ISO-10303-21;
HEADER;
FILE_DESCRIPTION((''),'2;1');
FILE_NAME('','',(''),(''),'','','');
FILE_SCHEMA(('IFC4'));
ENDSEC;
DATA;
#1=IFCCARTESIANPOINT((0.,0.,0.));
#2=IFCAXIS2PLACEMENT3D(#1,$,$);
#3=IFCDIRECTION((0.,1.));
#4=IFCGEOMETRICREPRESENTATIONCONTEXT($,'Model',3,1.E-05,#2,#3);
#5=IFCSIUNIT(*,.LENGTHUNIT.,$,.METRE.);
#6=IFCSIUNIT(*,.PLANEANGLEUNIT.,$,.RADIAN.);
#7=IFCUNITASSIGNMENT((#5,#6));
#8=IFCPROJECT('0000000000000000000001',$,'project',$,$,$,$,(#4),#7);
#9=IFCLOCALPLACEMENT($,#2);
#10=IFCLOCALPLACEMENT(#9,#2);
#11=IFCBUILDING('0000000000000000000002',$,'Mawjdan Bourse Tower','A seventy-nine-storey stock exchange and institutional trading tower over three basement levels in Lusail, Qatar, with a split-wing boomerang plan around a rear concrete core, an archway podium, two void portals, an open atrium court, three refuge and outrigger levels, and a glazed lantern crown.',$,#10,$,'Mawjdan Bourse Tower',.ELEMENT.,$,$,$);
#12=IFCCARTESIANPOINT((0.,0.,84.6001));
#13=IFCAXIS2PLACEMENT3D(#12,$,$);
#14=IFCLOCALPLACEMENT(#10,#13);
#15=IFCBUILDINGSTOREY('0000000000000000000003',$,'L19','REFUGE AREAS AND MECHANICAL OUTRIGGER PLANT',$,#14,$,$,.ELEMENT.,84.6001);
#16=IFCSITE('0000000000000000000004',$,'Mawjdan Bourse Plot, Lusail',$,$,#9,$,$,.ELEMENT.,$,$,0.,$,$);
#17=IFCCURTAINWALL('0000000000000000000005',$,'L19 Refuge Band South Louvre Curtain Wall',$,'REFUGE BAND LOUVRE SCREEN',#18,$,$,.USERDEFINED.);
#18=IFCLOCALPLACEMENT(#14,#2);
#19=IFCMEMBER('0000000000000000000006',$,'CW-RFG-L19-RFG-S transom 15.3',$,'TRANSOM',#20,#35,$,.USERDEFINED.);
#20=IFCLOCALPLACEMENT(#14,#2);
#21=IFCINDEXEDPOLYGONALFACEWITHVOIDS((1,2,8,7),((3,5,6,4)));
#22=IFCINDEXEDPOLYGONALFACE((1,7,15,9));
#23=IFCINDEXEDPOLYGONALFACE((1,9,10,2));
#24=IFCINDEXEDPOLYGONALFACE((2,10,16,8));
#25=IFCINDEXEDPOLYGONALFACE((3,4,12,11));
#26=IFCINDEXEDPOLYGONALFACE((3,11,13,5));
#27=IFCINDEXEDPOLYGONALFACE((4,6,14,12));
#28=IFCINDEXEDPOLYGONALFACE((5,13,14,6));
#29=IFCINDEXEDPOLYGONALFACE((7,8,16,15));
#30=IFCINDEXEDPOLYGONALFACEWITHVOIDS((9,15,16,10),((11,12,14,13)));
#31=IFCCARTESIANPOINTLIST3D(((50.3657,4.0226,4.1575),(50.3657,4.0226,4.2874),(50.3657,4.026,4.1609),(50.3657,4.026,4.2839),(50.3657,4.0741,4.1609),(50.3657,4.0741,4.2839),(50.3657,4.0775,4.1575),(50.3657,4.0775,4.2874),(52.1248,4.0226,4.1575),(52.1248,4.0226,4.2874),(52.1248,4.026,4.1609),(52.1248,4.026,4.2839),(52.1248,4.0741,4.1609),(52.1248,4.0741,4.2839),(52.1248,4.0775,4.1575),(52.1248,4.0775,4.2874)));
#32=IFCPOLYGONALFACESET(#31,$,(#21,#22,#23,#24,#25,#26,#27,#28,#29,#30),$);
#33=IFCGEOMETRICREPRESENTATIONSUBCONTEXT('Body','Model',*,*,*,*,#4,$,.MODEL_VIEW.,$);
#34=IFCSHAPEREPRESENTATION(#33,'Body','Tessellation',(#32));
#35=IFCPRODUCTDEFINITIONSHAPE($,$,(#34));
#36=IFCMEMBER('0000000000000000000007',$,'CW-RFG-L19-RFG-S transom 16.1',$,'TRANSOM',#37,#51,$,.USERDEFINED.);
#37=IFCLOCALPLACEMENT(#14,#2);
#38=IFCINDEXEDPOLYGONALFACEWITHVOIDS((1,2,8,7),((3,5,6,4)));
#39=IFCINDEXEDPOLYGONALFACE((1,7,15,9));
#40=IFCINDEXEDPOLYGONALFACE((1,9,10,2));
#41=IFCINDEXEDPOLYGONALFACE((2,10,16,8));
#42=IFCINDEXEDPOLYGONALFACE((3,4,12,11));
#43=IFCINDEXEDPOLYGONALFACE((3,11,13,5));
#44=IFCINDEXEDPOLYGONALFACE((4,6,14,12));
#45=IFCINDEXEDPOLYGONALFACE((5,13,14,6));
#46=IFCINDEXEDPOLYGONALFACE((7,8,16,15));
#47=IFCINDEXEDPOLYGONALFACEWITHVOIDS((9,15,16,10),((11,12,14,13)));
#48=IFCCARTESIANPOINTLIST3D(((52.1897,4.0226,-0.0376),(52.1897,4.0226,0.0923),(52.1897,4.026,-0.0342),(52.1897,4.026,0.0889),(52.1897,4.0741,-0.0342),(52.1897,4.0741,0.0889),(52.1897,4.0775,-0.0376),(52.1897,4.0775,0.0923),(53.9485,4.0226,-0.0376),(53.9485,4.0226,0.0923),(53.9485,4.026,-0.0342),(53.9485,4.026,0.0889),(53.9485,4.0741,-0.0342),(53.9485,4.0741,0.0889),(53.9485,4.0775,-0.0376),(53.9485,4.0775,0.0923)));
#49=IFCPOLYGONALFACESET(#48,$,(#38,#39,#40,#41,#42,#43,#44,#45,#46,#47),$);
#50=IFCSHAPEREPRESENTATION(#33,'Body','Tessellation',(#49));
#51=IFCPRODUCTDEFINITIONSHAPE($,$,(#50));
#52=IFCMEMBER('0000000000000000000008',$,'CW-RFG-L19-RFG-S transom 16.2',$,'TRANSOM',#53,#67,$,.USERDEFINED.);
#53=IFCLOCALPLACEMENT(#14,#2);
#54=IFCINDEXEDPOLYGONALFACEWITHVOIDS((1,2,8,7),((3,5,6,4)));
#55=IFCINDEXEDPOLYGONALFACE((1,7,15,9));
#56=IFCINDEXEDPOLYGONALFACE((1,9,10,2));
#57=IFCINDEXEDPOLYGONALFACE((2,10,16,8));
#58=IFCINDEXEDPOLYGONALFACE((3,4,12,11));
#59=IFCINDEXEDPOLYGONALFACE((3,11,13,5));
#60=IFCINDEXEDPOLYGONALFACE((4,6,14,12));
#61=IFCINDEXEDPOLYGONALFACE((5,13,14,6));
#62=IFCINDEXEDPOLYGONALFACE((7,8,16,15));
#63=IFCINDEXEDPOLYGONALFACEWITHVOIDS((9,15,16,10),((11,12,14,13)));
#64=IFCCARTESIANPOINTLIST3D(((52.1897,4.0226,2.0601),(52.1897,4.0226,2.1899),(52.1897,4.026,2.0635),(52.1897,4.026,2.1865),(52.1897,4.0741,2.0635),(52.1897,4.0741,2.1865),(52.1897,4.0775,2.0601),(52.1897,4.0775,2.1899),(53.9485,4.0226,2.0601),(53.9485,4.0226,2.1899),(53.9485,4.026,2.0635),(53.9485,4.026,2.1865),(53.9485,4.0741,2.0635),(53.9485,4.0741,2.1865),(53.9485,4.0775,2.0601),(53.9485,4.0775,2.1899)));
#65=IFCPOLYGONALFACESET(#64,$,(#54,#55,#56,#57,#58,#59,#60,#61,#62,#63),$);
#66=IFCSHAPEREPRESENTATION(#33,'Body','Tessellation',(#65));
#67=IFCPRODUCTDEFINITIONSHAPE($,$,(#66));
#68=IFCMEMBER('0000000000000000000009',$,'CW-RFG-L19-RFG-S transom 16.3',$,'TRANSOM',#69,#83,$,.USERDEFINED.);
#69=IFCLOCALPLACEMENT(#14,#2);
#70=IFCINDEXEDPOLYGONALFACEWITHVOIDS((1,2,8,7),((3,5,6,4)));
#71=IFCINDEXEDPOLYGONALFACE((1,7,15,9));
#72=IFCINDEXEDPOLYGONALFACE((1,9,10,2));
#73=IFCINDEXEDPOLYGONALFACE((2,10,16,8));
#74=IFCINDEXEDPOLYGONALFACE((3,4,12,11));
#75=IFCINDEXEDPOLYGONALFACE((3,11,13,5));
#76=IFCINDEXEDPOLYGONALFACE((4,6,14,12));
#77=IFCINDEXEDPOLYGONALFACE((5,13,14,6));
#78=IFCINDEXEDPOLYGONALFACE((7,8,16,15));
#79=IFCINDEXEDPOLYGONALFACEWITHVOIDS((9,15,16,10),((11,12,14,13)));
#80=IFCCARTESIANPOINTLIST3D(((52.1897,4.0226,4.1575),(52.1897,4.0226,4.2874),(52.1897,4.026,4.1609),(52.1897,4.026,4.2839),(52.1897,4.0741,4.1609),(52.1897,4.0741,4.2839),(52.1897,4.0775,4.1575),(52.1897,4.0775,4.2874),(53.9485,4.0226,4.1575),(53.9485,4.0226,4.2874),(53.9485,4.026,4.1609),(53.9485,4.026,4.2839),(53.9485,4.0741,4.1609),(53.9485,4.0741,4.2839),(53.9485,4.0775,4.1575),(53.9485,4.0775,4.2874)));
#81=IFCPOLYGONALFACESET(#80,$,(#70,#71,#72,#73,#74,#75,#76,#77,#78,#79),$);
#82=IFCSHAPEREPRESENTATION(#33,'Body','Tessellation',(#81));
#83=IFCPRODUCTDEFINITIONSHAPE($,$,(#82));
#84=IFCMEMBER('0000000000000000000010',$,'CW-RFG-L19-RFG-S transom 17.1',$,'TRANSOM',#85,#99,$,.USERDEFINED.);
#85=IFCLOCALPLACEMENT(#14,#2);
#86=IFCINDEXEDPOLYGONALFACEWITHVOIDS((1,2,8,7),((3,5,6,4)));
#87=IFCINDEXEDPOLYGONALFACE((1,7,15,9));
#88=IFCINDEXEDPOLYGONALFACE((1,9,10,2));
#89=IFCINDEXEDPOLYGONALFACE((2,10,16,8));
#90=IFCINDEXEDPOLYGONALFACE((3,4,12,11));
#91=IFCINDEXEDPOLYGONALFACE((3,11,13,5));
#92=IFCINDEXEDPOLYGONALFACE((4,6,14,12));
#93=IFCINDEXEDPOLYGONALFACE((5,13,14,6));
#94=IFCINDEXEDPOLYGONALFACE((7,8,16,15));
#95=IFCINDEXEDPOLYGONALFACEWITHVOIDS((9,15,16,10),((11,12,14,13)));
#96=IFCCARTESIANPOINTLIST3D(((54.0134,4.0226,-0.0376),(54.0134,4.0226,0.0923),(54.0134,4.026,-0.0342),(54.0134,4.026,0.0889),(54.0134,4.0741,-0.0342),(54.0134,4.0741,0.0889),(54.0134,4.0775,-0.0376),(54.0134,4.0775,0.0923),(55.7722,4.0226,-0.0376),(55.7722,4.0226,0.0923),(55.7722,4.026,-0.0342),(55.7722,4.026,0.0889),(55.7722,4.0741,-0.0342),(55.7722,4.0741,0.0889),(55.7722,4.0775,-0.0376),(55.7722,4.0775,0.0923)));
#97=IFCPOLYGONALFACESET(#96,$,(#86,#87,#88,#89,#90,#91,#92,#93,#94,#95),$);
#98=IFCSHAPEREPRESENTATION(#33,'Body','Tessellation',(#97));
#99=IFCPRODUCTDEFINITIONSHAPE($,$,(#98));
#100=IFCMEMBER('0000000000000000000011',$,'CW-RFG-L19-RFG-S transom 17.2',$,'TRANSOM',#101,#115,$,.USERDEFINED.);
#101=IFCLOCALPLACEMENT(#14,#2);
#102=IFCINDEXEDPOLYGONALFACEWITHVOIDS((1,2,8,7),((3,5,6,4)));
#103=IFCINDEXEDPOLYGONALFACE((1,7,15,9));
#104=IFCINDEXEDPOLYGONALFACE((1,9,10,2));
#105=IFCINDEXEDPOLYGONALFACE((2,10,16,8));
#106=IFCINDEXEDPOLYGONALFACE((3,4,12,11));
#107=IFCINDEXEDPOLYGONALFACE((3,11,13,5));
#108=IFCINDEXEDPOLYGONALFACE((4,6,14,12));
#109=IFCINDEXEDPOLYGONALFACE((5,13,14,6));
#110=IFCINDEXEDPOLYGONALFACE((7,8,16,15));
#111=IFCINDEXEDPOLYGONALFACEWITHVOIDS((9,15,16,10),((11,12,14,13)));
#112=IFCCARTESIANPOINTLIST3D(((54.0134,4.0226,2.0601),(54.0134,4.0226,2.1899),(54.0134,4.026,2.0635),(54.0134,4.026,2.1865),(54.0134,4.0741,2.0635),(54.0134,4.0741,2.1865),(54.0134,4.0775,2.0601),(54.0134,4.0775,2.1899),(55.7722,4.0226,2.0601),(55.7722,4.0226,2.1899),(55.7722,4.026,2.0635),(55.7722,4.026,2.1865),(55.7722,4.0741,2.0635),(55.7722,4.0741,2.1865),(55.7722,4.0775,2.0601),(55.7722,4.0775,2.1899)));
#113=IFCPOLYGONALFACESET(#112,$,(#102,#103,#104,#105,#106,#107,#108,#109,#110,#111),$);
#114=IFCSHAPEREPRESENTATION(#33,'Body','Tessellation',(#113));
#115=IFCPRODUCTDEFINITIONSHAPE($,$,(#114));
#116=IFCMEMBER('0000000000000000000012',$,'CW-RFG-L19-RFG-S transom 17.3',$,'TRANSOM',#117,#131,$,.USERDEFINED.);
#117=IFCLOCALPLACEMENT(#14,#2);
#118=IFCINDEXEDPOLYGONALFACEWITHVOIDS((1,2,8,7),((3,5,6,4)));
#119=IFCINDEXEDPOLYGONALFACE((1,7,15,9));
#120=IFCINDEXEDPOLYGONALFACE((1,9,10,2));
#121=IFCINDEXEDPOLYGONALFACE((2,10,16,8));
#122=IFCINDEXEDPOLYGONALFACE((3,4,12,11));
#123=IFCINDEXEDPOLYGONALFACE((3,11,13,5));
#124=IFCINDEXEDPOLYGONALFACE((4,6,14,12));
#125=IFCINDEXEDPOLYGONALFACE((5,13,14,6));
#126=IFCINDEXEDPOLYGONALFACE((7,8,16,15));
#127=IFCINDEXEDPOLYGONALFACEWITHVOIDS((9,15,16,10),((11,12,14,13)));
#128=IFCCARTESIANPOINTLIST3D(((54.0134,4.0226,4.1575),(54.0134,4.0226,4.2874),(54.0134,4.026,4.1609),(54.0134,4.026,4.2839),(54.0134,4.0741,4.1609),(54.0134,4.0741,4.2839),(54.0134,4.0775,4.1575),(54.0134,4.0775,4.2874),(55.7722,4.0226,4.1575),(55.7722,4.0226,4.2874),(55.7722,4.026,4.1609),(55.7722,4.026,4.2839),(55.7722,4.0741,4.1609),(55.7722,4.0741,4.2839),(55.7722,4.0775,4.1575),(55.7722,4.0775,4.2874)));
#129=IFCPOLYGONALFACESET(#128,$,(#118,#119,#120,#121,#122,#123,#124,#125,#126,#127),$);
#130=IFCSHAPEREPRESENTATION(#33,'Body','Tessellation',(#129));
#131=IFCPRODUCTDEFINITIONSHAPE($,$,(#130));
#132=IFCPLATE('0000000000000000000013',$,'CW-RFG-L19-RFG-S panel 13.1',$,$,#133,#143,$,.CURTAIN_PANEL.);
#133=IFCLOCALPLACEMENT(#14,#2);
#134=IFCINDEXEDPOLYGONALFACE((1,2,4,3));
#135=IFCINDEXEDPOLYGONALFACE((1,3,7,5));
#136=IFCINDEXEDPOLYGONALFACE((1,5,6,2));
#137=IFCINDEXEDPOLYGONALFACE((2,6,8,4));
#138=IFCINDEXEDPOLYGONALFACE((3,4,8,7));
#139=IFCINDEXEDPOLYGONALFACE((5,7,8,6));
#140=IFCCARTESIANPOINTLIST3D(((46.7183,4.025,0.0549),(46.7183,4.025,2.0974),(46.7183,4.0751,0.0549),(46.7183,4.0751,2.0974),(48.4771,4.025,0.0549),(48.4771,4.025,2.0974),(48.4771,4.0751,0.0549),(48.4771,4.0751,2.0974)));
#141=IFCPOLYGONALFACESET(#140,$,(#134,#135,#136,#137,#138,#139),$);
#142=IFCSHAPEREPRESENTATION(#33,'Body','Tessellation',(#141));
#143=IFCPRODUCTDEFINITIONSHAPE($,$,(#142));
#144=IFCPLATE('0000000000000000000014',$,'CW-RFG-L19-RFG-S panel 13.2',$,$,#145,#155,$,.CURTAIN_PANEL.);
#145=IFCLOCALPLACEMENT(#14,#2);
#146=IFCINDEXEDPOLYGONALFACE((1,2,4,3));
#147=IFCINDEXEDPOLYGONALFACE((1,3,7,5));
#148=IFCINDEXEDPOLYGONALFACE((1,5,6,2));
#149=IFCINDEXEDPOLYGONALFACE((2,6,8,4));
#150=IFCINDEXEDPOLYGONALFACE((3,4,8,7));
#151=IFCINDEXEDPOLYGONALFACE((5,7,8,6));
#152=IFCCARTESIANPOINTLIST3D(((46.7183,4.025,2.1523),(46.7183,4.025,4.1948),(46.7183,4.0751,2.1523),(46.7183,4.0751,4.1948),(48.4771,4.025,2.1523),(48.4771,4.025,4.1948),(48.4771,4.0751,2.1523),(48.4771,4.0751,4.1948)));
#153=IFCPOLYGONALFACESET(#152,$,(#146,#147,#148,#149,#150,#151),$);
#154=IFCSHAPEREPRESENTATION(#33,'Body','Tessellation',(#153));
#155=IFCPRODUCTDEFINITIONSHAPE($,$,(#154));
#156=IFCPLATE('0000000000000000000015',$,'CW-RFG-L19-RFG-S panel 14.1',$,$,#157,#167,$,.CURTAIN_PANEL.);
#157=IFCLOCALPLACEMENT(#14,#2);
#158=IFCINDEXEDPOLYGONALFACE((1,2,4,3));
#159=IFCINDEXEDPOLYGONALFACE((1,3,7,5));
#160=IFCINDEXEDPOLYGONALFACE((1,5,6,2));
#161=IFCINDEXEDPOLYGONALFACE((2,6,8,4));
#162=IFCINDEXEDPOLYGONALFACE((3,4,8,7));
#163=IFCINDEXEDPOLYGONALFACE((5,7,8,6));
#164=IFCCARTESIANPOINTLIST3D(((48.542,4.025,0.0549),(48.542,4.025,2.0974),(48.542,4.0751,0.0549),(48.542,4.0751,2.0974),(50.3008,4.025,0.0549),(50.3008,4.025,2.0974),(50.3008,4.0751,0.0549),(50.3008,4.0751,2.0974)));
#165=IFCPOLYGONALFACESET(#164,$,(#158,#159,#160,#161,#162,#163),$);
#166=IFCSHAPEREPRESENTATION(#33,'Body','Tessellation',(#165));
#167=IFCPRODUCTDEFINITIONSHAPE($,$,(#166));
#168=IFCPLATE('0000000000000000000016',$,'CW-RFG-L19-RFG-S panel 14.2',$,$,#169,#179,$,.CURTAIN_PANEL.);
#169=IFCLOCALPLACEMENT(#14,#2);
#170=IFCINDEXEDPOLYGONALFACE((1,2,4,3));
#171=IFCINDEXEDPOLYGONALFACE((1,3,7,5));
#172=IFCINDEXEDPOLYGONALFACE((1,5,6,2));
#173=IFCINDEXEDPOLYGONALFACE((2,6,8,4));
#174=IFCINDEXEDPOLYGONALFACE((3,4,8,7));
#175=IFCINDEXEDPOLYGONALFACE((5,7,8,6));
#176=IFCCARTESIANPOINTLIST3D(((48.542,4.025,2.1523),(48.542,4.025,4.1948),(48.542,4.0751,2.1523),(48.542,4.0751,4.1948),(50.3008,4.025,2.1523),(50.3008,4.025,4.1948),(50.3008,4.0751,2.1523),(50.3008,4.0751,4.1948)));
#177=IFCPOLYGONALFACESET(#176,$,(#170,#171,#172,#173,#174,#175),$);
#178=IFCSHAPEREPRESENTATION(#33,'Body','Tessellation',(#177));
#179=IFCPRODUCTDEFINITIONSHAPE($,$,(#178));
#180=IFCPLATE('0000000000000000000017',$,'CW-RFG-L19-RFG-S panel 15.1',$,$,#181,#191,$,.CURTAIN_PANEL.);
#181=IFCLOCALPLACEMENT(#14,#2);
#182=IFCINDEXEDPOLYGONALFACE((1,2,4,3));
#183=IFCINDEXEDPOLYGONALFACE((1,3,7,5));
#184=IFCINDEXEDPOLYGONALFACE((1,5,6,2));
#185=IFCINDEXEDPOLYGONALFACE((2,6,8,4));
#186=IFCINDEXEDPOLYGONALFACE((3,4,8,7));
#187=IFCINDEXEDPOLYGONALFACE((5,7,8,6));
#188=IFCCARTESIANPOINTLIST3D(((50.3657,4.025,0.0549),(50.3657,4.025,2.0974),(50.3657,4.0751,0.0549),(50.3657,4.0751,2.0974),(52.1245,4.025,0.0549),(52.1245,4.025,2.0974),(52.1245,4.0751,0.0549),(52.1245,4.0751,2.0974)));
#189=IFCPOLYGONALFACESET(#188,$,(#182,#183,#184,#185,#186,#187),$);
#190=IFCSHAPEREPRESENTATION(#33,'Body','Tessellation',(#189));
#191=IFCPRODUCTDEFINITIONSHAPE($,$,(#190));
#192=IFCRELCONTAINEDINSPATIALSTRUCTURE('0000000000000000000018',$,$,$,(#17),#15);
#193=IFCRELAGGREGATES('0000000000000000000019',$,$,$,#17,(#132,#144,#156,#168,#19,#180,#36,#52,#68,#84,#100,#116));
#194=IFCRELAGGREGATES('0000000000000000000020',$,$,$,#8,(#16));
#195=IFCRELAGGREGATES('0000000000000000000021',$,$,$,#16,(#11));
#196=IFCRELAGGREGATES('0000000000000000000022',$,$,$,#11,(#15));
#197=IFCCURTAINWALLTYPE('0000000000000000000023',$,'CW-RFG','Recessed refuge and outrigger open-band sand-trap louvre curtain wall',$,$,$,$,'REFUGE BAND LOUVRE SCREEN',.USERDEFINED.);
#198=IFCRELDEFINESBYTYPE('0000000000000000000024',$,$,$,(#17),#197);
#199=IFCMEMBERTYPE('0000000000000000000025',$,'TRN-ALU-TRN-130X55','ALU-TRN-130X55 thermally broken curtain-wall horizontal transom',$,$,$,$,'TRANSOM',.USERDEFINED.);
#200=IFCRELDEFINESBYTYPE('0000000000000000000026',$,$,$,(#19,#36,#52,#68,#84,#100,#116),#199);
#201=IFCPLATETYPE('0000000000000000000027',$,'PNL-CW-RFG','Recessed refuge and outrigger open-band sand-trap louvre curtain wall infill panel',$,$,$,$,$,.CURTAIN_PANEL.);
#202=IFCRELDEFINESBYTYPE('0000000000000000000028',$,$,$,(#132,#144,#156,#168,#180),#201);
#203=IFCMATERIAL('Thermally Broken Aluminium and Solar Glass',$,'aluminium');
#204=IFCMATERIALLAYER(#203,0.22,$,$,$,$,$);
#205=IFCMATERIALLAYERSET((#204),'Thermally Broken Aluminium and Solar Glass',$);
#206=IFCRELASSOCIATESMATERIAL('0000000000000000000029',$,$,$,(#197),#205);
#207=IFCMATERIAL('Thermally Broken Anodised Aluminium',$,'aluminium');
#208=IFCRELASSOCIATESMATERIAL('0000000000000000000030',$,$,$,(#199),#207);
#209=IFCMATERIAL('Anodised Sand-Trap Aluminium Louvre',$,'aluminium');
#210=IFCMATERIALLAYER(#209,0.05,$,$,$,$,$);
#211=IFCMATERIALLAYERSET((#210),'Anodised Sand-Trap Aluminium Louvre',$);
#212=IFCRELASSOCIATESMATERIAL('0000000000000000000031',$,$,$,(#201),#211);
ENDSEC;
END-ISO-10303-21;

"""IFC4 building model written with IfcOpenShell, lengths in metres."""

from ifc_helpers import new_model, si_unit, direction, frame, origin, origin_2d, place, context, subcontext, project, spatial, rectangle, hollow_rectangle, extrude, material, layer, layer_set, material_profile, profile_set, type_object, element, aggregate, save


model = new_model("IFC4")

# Units and contexts
model_context = context("Model", 3, precision=1e-05, world=origin(), true_north=direction((0.0, 1.0)))
body_context = subcontext(model_context, "Body", "Model", "MODEL_VIEW")
ifc_project = project(units=[si_unit("LENGTHUNIT", "METRE"), si_unit("PLANEANGLEUNIT", "RADIAN")], contexts=[model_context])

# Site, building, storey
site_placement = place(None, origin())
site = spatial("IfcSite", under=ifc_project, at=site_placement, Name="Mawjdan Bourse Plot, Lusail", CompositionType="ELEMENT", RefElevation=0.0)
building_placement = place(site_placement, origin())
building = spatial("IfcBuilding", under=site, at=building_placement, Name="Mawjdan Bourse Tower", Description="A seventy-nine-storey stock exchange and institutional trading tower over three basement levels in Lusail, Qatar, with a split-wing boomerang plan around a rear concrete core, an archway podium, two void portals, an open atrium court, three refuge and outrigger levels, and a glazed lantern crown.", LongName="Mawjdan Bourse Tower", CompositionType="ELEMENT")
storey_placement = place(building_placement, frame((0.0, 0.0, 84.6001)))
storey = spatial("IfcBuildingStorey", under=building, at=storey_placement, Name="L19", Description="REFUGE AREAS AND MECHANICAL OUTRIGGER PLANT", CompositionType="ELEMENT", Elevation=84.6001)

# Curtain wall
ifc_material_1 = material(Name="Thermally Broken Aluminium and Solar Glass", Category="aluminium")
ifc_layer_1 = layer(ifc_material_1, 0.22)
ifc_layer_set_1 = layer_set([ifc_layer_1], Name="Thermally Broken Aluminium and Solar Glass")
curtain_wall_type = type_object("IfcCurtainWallType", Name="CW-RFG", Description="Recessed refuge and outrigger open-band sand-trap louvre curtain wall", ElementType="REFUGE BAND LOUVRE SCREEN", PredefinedType="USERDEFINED", material=ifc_layer_set_1)
curtain_wall_placement = place(storey_placement, origin())
curtain_wall = element("IfcCurtainWall", 1, at=curtain_wall_placement, inside=storey, type_object=curtain_wall_type, Name="L19 Refuge Band South Louvre Curtain Wall", ObjectType="REFUGE BAND LOUVRE SCREEN", PredefinedType="USERDEFINED")
ifc_material_2 = material(Name="Thermally Broken Anodised Aluminium", Category="aluminium")

# Members
ifc_material_profile_1 = material_profile(ifc_material_2, hollow_rectangle(XDim=0.0549, YDim=0.1299, WallThickness=0.0034, at=origin_2d()), Name="ALU-TRN-130X55")
ifc_profile_set_1 = profile_set([ifc_material_profile_1], Name="Thermally Broken Anodised Aluminium")
member_type_1 = type_object("IfcMemberType", Name="TRN-ALU-TRN-130X55", Description="ALU-TRN-130X55 thermally broken curtain-wall horizontal transom", ElementType="TRANSOM", PredefinedType="USERDEFINED", material=ifc_profile_set_1)
member_1_placement = place(storey_placement, frame((50.3657, 4.05, 4.2224), z_axis=(1.0, 0.0, 0.0), x_axis=(0.0, 1.0, 0.0)))
member_1 = element("IfcMember", 2, at=member_1_placement, type_object=member_type_1, Name="CW-RFG-L19-RFG-S transom 15.3", ObjectType="TRANSOM", PredefinedType="USERDEFINED", context=body_context, shape_type="SweptSolid", body=[
    extrude(hollow_rectangle(XDim=0.0549, YDim=0.1299, WallThickness=0.0034, at=origin_2d()), origin(), (0.0, 0.0, 1.0), 1.759),
])
member_2_placement = place(storey_placement, frame((52.1897, 4.05, 0.0273), z_axis=(1.0, 0.0, 0.0), x_axis=(0.0, 1.0, 0.0)))
member_2 = element("IfcMember", 3, at=member_2_placement, type_object=member_type_1, Name="CW-RFG-L19-RFG-S transom 16.1", ObjectType="TRANSOM", PredefinedType="USERDEFINED", context=body_context, shape_type="SweptSolid", body=[
    extrude(hollow_rectangle(XDim=0.0549, YDim=0.1299, WallThickness=0.0034, at=origin_2d()), origin(), (0.0, 0.0, 1.0), 1.7588),
])
member_3_placement = place(storey_placement, frame((52.1897, 4.05, 2.125), z_axis=(1.0, 0.0, 0.0), x_axis=(0.0, 1.0, 0.0)))
member_3 = element("IfcMember", 4, at=member_3_placement, type_object=member_type_1, Name="CW-RFG-L19-RFG-S transom 16.2", ObjectType="TRANSOM", PredefinedType="USERDEFINED", context=body_context, shape_type="SweptSolid", body=[
    extrude(hollow_rectangle(XDim=0.0549, YDim=0.1299, WallThickness=0.0034, at=origin_2d()), origin(), (0.0, 0.0, 1.0), 1.7588),
])
member_4_placement = place(storey_placement, frame((52.1897, 4.05, 4.2224), z_axis=(1.0, 0.0, 0.0), x_axis=(0.0, 1.0, 0.0)))
member_4 = element("IfcMember", 5, at=member_4_placement, type_object=member_type_1, Name="CW-RFG-L19-RFG-S transom 16.3", ObjectType="TRANSOM", PredefinedType="USERDEFINED", context=body_context, shape_type="SweptSolid", body=[
    extrude(hollow_rectangle(XDim=0.0549, YDim=0.1299, WallThickness=0.0034, at=origin_2d()), origin(), (0.0, 0.0, 1.0), 1.7588),
])
member_5_placement = place(storey_placement, frame((54.0134, 4.05, 0.0273), z_axis=(1.0, 0.0, 0.0), x_axis=(0.0, 1.0, 0.0)))
member_5 = element("IfcMember", 6, at=member_5_placement, type_object=member_type_1, Name="CW-RFG-L19-RFG-S transom 17.1", ObjectType="TRANSOM", PredefinedType="USERDEFINED", context=body_context, shape_type="SweptSolid", body=[
    extrude(hollow_rectangle(XDim=0.0549, YDim=0.1299, WallThickness=0.0034, at=origin_2d()), origin(), (0.0, 0.0, 1.0), 1.7588),
])
member_6_placement = place(storey_placement, frame((54.0134, 4.05, 2.125), z_axis=(1.0, 0.0, 0.0), x_axis=(0.0, 1.0, 0.0)))
member_6 = element("IfcMember", 7, at=member_6_placement, type_object=member_type_1, Name="CW-RFG-L19-RFG-S transom 17.2", ObjectType="TRANSOM", PredefinedType="USERDEFINED", context=body_context, shape_type="SweptSolid", body=[
    extrude(hollow_rectangle(XDim=0.0549, YDim=0.1299, WallThickness=0.0034, at=origin_2d()), origin(), (0.0, 0.0, 1.0), 1.7588),
])
member_7_placement = place(storey_placement, frame((54.0134, 4.05, 4.2224), z_axis=(1.0, 0.0, 0.0), x_axis=(0.0, 1.0, 0.0)))
member_7 = element("IfcMember", 8, at=member_7_placement, type_object=member_type_1, Name="CW-RFG-L19-RFG-S transom 17.3", ObjectType="TRANSOM", PredefinedType="USERDEFINED", context=body_context, shape_type="SweptSolid", body=[
    extrude(hollow_rectangle(XDim=0.0549, YDim=0.1299, WallThickness=0.0034, at=origin_2d()), origin(), (0.0, 0.0, 1.0), 1.7588),
])

# Plates
ifc_material_3 = material(Name="Anodised Sand-Trap Aluminium Louvre", Category="aluminium")
ifc_layer_2 = layer(ifc_material_3, 0.05)
ifc_layer_set_2 = layer_set([ifc_layer_2], Name="Anodised Sand-Trap Aluminium Louvre")
plate_type = type_object("IfcPlateType", Name="PNL-CW-RFG", Description="Recessed refuge and outrigger open-band sand-trap louvre curtain wall infill panel", PredefinedType="CURTAIN_PANEL", material=ifc_layer_set_2)
plate_1_placement = place(storey_placement, frame((47.5977, 4.05, 0.0549), z_axis=(0.0, 0.0, 1.0), x_axis=(1.0, 0.0, 0.0)))
plate_1 = element("IfcPlate", 9, at=plate_1_placement, type_object=plate_type, Name="CW-RFG-L19-RFG-S panel 13.1", PredefinedType="CURTAIN_PANEL", context=body_context, shape_type="SweptSolid", body=[
    extrude(rectangle(XDim=1.7588, YDim=0.05, at=origin_2d()), origin(), (0.0, 0.0, 1.0), 2.0425),
])
plate_2_placement = place(storey_placement, frame((47.5977, 4.05, 2.1523), z_axis=(0.0, 0.0, 1.0), x_axis=(1.0, 0.0, 0.0)))
plate_2 = element("IfcPlate", 10, at=plate_2_placement, type_object=plate_type, Name="CW-RFG-L19-RFG-S panel 13.2", PredefinedType="CURTAIN_PANEL", context=body_context, shape_type="SweptSolid", body=[
    extrude(rectangle(XDim=1.7588, YDim=0.05, at=origin_2d()), origin(), (0.0, 0.0, 1.0), 2.0425),
])
plate_3_placement = place(storey_placement, frame((49.4214, 4.05, 0.0549), z_axis=(0.0, 0.0, 1.0), x_axis=(1.0, 0.0, 0.0)))
plate_3 = element("IfcPlate", 11, at=plate_3_placement, type_object=plate_type, Name="CW-RFG-L19-RFG-S panel 14.1", PredefinedType="CURTAIN_PANEL", context=body_context, shape_type="SweptSolid", body=[
    extrude(rectangle(XDim=1.7588, YDim=0.05, at=origin_2d()), origin(), (0.0, 0.0, 1.0), 2.0425),
])
plate_4_placement = place(storey_placement, frame((49.4214, 4.05, 2.1523), z_axis=(0.0, 0.0, 1.0), x_axis=(1.0, 0.0, 0.0)))
plate_4 = element("IfcPlate", 12, at=plate_4_placement, type_object=plate_type, Name="CW-RFG-L19-RFG-S panel 14.2", PredefinedType="CURTAIN_PANEL", context=body_context, shape_type="SweptSolid", body=[
    extrude(rectangle(XDim=1.7588, YDim=0.05, at=origin_2d()), origin(), (0.0, 0.0, 1.0), 2.0425),
])
plate_5_placement = place(storey_placement, frame((51.2451, 4.05, 0.0549), z_axis=(0.0, 0.0, 1.0), x_axis=(1.0, 0.0, 0.0)))
plate_5 = element("IfcPlate", 13, at=plate_5_placement, type_object=plate_type, Name="CW-RFG-L19-RFG-S panel 15.1", PredefinedType="CURTAIN_PANEL", context=body_context, shape_type="SweptSolid", body=[
    extrude(rectangle(XDim=1.7588, YDim=0.05, at=origin_2d()), origin(), (0.0, 0.0, 1.0), 2.0425),
])
aggregate(curtain_wall, [plate_1, plate_2, plate_3, plate_4, member_1, plate_5, member_2, member_3, member_4, member_5, member_6, member_7])

save(model, "model.ifc")
